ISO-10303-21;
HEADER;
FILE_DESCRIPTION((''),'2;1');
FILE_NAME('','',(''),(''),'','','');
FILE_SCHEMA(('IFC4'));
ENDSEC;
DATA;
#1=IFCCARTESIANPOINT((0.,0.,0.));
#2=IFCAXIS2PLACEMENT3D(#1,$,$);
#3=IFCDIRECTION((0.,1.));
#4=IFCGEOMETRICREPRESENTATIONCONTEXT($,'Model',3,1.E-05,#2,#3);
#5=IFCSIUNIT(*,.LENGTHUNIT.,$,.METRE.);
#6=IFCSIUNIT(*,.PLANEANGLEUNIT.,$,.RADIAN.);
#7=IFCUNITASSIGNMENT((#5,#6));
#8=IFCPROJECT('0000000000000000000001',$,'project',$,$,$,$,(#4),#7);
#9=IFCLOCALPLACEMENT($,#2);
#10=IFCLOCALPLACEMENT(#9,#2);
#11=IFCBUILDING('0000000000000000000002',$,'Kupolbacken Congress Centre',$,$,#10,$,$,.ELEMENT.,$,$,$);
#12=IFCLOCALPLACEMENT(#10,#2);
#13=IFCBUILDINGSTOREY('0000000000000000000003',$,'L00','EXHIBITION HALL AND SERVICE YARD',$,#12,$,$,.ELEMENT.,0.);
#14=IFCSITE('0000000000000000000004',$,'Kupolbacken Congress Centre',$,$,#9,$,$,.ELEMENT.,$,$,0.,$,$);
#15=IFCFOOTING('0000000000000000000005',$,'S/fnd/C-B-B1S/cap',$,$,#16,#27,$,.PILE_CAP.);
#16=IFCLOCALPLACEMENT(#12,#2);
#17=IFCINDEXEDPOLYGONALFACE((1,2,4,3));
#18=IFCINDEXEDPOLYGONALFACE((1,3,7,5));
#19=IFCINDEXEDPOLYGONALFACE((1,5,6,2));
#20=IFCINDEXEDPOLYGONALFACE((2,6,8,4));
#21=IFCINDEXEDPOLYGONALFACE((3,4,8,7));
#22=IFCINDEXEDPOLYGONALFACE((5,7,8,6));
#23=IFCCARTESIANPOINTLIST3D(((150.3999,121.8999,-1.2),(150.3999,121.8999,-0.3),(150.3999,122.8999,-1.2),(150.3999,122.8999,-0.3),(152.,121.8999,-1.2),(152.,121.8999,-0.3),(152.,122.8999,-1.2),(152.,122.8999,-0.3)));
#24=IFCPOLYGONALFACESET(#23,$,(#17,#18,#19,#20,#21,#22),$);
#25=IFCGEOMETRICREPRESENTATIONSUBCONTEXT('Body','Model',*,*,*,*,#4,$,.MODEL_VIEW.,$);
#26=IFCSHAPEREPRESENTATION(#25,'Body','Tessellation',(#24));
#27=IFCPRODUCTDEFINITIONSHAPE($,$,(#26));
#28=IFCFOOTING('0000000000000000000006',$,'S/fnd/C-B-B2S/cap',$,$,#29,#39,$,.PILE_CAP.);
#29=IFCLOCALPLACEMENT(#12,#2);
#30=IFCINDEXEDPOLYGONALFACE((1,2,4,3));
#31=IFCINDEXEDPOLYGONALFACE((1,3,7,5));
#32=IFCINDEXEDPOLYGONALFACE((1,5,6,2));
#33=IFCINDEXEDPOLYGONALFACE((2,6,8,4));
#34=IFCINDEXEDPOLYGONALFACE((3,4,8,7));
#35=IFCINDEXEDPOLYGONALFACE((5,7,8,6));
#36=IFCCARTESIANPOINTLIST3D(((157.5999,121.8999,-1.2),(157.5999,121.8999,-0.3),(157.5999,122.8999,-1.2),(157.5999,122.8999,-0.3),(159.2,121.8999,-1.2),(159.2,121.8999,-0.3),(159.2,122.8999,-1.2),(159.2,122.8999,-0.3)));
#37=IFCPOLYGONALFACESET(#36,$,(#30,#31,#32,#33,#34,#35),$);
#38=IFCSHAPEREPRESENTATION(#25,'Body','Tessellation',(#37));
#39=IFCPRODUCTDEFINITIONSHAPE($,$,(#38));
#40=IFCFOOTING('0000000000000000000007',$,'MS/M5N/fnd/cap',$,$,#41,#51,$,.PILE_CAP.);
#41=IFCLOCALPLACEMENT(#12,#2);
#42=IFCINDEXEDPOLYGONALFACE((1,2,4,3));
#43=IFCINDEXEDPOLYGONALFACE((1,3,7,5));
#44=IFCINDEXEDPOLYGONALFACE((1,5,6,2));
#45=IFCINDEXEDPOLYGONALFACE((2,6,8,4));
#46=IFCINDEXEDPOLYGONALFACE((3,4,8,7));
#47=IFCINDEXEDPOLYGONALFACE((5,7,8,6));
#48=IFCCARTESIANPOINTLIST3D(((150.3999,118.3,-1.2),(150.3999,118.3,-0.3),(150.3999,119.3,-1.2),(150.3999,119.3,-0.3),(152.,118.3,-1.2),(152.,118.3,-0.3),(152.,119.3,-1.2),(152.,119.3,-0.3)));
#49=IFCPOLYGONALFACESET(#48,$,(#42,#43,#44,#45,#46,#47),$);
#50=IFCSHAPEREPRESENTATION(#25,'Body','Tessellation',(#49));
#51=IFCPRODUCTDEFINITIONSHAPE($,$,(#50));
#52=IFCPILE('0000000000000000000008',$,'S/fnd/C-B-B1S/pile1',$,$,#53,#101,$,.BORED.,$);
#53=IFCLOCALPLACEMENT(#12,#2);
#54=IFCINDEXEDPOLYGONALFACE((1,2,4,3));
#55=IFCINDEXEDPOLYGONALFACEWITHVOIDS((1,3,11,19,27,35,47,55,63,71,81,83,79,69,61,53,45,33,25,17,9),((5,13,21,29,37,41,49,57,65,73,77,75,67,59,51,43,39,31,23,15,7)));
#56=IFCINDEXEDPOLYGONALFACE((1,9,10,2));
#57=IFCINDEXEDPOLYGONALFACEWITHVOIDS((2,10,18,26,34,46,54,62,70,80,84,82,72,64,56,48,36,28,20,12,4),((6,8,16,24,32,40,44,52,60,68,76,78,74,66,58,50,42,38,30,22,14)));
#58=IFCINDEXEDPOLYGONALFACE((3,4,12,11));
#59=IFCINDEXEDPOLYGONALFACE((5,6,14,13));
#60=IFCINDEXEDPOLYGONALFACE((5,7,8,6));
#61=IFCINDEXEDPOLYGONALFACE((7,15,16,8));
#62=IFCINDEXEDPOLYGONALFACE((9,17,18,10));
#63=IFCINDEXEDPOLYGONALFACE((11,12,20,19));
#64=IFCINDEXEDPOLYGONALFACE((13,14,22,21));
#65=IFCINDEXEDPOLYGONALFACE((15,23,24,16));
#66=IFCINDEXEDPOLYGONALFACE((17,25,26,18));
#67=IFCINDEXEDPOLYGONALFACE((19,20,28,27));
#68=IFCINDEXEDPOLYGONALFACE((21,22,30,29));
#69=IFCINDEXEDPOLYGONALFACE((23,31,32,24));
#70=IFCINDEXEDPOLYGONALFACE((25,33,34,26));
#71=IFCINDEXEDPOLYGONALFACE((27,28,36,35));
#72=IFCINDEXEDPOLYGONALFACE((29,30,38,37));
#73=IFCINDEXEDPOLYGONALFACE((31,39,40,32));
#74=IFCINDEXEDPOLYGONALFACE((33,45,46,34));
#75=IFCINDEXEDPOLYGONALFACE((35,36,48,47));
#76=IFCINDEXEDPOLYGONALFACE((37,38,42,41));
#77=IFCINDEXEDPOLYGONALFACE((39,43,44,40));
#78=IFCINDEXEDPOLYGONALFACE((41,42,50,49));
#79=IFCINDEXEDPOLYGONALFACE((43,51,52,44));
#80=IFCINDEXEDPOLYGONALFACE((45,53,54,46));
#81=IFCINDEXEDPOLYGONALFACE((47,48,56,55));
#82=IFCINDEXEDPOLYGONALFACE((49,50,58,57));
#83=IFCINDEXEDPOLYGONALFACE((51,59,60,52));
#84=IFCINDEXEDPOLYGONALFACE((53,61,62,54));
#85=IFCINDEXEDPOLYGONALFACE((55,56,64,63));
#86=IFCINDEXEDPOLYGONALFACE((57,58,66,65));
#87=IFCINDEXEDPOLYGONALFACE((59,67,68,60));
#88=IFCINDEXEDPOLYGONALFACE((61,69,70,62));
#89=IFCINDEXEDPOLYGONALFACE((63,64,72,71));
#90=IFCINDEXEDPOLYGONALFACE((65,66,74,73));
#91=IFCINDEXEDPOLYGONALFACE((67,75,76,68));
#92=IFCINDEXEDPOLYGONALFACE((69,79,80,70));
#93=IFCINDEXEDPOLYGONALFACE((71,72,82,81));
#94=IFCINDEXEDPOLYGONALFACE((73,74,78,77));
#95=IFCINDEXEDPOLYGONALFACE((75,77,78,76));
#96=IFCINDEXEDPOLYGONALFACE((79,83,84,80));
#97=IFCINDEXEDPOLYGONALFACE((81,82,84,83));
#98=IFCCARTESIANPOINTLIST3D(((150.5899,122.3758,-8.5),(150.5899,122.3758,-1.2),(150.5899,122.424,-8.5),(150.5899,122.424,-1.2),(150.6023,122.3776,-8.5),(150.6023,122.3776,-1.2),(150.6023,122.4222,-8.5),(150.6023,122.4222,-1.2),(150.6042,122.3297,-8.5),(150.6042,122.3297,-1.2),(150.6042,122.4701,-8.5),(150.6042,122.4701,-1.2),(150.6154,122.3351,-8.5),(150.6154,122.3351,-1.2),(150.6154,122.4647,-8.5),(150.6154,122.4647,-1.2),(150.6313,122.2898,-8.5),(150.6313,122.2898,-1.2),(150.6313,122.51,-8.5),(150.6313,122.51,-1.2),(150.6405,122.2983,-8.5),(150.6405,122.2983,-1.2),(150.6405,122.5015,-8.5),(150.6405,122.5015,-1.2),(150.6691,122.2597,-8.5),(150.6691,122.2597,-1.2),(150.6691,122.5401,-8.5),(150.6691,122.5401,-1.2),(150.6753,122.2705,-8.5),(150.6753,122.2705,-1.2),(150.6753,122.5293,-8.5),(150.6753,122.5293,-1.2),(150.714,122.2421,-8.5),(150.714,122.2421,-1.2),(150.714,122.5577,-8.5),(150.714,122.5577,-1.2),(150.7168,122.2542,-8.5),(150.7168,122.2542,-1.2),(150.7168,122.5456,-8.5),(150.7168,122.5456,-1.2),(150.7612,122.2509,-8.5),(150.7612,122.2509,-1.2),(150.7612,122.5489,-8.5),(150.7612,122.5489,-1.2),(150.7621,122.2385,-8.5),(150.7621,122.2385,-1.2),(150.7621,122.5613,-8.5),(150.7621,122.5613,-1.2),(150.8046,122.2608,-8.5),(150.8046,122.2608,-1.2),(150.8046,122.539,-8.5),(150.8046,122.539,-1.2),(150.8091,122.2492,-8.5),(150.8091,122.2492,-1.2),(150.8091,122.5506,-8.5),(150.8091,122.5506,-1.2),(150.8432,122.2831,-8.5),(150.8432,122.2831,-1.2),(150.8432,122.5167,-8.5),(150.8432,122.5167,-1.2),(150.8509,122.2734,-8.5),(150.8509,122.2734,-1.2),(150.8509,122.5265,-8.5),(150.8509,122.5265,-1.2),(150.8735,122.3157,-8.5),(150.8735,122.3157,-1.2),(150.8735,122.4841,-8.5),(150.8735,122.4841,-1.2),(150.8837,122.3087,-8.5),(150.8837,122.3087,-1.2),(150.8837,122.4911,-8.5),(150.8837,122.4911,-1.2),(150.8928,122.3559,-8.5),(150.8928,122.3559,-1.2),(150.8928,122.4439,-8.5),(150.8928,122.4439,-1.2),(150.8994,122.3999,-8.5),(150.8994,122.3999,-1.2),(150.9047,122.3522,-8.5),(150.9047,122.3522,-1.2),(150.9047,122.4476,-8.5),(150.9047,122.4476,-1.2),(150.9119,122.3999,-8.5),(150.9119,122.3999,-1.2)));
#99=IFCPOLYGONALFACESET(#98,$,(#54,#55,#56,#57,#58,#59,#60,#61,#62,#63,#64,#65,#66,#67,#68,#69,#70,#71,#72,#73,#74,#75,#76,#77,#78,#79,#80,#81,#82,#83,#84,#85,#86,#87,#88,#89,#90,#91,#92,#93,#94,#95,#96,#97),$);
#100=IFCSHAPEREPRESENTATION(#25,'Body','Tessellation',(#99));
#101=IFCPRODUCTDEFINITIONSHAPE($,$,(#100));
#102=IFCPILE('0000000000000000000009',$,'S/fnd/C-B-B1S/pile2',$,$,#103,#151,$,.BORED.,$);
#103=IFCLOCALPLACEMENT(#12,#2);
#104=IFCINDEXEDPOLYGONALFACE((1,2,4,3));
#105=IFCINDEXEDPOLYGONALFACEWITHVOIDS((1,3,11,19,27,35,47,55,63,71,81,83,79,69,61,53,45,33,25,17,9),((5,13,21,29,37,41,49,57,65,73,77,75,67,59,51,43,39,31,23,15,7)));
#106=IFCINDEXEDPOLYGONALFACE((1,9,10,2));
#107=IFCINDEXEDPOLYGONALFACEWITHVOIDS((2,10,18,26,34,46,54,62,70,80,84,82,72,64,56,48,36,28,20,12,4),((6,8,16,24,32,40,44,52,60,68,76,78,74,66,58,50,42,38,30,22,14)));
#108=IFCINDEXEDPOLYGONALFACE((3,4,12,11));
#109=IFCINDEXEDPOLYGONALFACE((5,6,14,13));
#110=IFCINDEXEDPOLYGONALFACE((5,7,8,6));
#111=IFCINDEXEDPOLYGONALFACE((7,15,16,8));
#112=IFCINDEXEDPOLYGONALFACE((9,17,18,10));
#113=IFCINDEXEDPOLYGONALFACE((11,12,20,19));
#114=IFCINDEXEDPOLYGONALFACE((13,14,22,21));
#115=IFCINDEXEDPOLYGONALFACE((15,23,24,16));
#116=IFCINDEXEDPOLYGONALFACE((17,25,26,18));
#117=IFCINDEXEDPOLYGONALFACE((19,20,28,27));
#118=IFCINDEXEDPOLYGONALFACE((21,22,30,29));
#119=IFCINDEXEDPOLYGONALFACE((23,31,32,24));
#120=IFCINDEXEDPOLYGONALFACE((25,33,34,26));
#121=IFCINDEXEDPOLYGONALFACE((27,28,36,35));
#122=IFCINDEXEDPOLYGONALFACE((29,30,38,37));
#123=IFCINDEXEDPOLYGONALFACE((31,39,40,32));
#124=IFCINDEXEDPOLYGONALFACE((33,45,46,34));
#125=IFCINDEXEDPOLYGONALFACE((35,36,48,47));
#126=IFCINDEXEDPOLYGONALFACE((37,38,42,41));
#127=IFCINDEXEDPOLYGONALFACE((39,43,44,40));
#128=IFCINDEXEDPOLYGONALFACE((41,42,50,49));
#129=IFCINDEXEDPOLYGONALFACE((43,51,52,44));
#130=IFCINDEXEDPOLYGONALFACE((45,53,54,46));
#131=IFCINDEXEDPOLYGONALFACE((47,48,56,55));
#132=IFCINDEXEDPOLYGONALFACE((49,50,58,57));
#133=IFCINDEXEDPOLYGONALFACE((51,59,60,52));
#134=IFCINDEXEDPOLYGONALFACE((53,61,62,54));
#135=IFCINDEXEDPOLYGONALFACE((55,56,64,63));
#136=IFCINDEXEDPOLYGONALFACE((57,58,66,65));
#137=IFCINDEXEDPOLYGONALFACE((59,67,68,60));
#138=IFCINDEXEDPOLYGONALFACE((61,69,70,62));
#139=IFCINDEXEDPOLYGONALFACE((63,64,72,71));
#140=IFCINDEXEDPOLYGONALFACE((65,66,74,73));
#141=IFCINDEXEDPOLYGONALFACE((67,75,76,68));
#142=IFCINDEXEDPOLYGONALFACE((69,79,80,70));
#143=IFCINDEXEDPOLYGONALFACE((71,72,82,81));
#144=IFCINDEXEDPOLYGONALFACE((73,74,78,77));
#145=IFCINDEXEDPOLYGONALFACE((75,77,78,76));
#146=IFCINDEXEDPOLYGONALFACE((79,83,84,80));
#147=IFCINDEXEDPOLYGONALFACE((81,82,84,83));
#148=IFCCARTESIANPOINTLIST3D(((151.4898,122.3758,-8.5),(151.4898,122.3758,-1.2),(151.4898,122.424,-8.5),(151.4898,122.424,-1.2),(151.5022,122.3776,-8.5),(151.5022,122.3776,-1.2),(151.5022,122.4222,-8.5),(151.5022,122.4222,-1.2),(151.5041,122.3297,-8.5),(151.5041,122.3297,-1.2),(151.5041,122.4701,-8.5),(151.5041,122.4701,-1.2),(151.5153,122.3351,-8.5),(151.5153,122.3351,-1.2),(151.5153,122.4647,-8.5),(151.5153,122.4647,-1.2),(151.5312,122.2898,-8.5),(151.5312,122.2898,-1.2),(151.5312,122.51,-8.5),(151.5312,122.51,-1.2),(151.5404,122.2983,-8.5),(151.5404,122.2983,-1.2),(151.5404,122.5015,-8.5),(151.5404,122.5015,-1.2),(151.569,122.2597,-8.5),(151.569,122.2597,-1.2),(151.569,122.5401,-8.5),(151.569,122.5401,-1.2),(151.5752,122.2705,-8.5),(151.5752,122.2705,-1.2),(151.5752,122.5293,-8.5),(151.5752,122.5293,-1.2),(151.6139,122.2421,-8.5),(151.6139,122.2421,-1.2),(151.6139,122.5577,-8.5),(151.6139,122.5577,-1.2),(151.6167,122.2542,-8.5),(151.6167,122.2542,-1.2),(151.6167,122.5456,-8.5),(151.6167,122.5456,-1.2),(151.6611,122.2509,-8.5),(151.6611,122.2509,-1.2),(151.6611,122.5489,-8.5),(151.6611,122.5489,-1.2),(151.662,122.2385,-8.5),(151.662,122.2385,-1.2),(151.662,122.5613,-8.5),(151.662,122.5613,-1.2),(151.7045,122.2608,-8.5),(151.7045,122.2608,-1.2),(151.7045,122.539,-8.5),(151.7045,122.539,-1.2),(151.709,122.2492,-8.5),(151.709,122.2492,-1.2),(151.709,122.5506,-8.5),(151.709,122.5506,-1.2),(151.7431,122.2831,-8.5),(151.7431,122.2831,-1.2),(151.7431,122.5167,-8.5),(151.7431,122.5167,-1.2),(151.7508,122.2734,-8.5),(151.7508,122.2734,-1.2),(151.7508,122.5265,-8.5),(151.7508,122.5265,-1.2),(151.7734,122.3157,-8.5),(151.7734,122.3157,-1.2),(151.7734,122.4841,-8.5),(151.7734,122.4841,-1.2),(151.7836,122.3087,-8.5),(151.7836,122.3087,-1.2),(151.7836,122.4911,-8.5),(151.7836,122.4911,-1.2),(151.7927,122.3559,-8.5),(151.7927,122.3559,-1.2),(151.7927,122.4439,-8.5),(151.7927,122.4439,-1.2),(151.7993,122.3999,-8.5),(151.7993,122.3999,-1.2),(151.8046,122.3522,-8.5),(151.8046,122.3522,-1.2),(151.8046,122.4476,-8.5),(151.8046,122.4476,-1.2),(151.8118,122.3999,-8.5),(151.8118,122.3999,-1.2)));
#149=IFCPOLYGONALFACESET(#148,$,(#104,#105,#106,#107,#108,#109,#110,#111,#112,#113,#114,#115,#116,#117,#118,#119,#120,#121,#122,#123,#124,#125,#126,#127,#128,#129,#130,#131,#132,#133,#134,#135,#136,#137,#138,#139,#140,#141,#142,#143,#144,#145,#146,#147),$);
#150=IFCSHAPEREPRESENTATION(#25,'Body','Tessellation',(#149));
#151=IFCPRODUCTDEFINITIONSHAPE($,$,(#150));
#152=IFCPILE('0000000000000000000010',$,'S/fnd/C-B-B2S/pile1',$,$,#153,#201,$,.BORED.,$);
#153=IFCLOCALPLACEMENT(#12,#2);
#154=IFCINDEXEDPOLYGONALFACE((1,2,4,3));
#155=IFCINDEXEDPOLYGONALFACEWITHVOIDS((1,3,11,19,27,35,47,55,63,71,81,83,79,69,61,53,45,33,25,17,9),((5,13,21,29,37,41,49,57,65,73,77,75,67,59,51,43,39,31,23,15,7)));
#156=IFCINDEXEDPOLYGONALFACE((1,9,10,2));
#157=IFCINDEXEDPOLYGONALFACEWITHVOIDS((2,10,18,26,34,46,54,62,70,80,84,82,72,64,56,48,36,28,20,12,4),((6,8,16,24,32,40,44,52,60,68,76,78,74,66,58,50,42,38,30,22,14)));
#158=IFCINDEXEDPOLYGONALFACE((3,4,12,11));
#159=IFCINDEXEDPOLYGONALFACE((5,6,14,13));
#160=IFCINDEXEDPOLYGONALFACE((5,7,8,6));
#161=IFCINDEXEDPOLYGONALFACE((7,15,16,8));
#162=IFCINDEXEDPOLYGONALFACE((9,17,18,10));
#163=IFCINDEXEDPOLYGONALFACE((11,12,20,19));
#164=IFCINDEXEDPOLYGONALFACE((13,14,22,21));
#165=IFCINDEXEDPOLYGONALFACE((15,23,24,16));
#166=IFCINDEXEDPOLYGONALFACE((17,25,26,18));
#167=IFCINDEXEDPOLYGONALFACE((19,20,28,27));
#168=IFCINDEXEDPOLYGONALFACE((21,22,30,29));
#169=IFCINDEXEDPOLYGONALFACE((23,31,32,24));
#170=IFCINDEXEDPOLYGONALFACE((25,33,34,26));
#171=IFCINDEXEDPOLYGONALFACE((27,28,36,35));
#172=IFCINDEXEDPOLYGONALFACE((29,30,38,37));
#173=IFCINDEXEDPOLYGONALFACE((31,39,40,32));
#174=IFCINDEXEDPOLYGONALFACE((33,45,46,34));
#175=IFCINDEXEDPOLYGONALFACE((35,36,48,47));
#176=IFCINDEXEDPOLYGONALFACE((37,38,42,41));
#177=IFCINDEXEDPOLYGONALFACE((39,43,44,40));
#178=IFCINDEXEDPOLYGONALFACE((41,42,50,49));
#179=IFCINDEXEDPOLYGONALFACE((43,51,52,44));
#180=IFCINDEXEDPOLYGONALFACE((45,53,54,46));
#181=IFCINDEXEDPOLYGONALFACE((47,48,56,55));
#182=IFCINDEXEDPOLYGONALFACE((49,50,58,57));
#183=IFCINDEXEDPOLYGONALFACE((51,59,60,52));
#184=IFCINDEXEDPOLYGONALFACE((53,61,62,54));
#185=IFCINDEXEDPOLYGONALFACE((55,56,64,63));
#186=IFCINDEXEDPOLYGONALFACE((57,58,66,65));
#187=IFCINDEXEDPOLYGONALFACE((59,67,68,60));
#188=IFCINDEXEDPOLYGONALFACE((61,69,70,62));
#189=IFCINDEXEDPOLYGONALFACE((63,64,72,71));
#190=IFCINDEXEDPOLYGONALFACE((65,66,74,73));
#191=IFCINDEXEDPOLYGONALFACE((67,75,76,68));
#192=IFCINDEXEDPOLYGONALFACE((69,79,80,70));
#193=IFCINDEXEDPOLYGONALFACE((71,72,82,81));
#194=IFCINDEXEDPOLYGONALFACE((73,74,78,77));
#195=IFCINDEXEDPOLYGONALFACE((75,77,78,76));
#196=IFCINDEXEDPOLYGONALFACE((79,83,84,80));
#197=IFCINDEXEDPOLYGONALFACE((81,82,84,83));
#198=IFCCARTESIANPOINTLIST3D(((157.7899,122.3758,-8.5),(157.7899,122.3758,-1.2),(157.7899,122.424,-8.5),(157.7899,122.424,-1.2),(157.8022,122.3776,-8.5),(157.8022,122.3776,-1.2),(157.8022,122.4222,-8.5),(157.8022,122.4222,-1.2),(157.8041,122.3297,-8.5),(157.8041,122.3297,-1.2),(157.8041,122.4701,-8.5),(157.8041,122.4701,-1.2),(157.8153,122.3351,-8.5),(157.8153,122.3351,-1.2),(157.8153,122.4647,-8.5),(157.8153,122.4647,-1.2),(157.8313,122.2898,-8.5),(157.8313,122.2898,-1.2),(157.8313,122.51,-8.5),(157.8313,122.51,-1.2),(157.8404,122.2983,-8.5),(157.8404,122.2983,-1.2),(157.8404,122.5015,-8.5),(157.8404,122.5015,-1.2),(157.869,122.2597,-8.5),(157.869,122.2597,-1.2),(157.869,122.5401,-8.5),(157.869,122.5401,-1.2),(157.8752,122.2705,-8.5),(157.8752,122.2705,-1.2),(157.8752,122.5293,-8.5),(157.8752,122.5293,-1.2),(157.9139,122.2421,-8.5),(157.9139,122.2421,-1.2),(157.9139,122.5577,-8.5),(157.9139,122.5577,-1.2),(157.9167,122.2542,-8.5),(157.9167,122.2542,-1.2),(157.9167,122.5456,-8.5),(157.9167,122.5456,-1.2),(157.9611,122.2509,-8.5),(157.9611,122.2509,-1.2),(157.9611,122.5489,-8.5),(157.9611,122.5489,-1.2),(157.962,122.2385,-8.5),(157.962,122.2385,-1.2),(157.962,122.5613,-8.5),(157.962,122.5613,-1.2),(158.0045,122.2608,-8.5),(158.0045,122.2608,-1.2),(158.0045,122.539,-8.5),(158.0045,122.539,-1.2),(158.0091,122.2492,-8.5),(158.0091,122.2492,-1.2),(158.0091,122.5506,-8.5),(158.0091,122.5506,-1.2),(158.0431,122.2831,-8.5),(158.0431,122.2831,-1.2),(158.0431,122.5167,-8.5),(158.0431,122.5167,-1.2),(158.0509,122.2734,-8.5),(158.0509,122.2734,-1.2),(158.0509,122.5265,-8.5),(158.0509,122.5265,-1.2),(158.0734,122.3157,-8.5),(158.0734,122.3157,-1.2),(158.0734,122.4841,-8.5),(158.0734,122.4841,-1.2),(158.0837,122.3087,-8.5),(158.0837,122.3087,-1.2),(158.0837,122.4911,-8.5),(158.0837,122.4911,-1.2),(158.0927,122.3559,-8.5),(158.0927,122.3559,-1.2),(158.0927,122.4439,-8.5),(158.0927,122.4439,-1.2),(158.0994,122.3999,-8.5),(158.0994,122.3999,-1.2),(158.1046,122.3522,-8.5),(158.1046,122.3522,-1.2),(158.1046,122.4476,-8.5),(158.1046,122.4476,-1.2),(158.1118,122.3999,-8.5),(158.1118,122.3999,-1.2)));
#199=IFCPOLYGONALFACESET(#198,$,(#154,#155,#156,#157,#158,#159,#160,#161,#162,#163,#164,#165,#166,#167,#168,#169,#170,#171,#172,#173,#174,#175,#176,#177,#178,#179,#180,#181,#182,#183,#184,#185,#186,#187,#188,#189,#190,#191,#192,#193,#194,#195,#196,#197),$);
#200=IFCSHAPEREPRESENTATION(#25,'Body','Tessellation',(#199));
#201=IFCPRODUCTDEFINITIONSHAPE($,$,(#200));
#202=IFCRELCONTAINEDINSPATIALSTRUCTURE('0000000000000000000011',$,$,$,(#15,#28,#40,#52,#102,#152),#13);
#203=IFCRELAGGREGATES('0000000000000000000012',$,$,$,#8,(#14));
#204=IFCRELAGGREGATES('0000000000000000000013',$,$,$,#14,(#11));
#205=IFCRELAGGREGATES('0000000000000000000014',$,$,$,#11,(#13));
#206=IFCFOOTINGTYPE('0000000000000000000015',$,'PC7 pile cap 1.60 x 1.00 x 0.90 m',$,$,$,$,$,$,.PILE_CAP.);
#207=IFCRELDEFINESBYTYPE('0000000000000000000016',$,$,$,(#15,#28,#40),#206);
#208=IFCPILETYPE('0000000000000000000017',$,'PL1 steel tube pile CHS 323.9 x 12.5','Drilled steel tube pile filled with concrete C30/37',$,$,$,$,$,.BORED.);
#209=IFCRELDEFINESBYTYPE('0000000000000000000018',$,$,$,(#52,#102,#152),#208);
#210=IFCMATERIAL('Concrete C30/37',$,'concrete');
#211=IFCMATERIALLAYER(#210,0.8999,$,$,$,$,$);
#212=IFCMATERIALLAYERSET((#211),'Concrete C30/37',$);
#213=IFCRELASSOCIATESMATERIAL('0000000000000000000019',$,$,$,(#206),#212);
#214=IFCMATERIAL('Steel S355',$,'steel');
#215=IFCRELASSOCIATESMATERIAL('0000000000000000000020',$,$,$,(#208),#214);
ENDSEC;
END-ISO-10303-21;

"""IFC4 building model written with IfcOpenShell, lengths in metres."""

from ifc_helpers import new_model, si_unit, direction, frame, origin, origin_2d, place, context, subcontext, project, spatial, rectangle, hollow_circle, extrude, material, layer, layer_set, material_profile, profile_set, type_object, element, save


model = new_model("IFC4")

# Units and contexts
model_context = context("Model", 3, precision=1e-05, world=origin(), true_north=direction((0.0, 1.0)))
body_context = subcontext(model_context, "Body", "Model", "MODEL_VIEW")
ifc_project = project(units=[si_unit("LENGTHUNIT", "METRE"), si_unit("PLANEANGLEUNIT", "RADIAN")], contexts=[model_context])

# Site, building, storey
site_placement = place(None, origin())
site = spatial("IfcSite", under=ifc_project, at=site_placement, Name="Kupolbacken Congress Centre", CompositionType="ELEMENT", RefElevation=0.0)
building_placement = place(site_placement, origin())
building = spatial("IfcBuilding", under=site, at=building_placement, Name="Kupolbacken Congress Centre", CompositionType="ELEMENT")
storey_placement = place(building_placement, origin())
storey = spatial("IfcBuildingStorey", under=building, at=storey_placement, Name="L00", Description="EXHIBITION HALL AND SERVICE YARD", CompositionType="ELEMENT", Elevation=0.0)

# Footings
ifc_material_1 = material(Name="Concrete C30/37", Category="concrete")
ifc_layer_1 = layer(ifc_material_1, 0.8999)
ifc_layer_set_1 = layer_set([ifc_layer_1], Name="Concrete C30/37")
footing_type_1 = type_object("IfcFootingType", Name="PC7 pile cap 1.60 x 1.00 x 0.90 m", PredefinedType="PILE_CAP", material=ifc_layer_set_1)
for number, where, z_axis, x_axis, name in (
    (1, (151.2, 122.3999, -1.2), (0.0, 0.0, 1.0), (1.0, 0.0, 0.0), "S/fnd/C-B-B1S/cap"),
    (2, (158.3999, 122.3999, -1.2), (0.0, 0.0, 1.0), (1.0, 0.0, 0.0), "S/fnd/C-B-B2S/cap"),
    (3, (151.2, 118.8, -1.2), (0.0, 0.0, 1.0), (1.0, 0.0, 0.0), "MS/M5N/fnd/cap"),
):
    element("IfcFooting", number, at=place(storey_placement, frame(where, z_axis=z_axis, x_axis=x_axis)), inside=storey, type_object=footing_type_1, Name=name, PredefinedType="PILE_CAP", context=body_context, shape_type="SweptSolid", body=[
        extrude(rectangle(XDim=1.6001, YDim=1.0, at=origin_2d()), origin(), (0.0, 0.0, 1.0), 0.8999),
    ])

# Piles
ifc_material_2 = material(Name="Steel S355", Category="steel")
ifc_material_profile_1 = material_profile(ifc_material_2, hollow_circle(Radius=0.1619, WallThickness=0.0125, at=origin_2d()), Name="CHS 323.9 x 12.5")
ifc_profile_set_1 = profile_set([ifc_material_profile_1], Name="Steel S355")
pile_type = type_object("IfcPileType", Name="PL1 steel tube pile CHS 323.9 x 12.5", Description="Drilled steel tube pile filled with concrete C30/37", PredefinedType="BORED", material=ifc_profile_set_1)
for number, where, z_axis, x_axis, name in (
    (4, (150.75, 122.3999, -1.2), (0.0, 0.0, -1.0), (1.0, 0.0, 0.0), "S/fnd/C-B-B1S/pile1"),
    (5, (151.6499, 122.3999, -1.2), (0.0, 0.0, -1.0), (1.0, 0.0, 0.0), "S/fnd/C-B-B1S/pile2"),
    (6, (157.95, 122.3999, -1.2), (0.0, 0.0, -1.0), (1.0, 0.0, 0.0), "S/fnd/C-B-B2S/pile1"),
):
    element("IfcPile", number, at=place(storey_placement, frame(where, z_axis=z_axis, x_axis=x_axis)), inside=storey, type_object=pile_type, Name=name, PredefinedType="BORED", context=body_context, shape_type="SweptSolid", body=[
        extrude(hollow_circle(Radius=0.1619, WallThickness=0.0125, at=origin_2d()), origin(), (0.0, 0.0, 1.0), 7.3),
    ])

save(model, "model.ifc")
